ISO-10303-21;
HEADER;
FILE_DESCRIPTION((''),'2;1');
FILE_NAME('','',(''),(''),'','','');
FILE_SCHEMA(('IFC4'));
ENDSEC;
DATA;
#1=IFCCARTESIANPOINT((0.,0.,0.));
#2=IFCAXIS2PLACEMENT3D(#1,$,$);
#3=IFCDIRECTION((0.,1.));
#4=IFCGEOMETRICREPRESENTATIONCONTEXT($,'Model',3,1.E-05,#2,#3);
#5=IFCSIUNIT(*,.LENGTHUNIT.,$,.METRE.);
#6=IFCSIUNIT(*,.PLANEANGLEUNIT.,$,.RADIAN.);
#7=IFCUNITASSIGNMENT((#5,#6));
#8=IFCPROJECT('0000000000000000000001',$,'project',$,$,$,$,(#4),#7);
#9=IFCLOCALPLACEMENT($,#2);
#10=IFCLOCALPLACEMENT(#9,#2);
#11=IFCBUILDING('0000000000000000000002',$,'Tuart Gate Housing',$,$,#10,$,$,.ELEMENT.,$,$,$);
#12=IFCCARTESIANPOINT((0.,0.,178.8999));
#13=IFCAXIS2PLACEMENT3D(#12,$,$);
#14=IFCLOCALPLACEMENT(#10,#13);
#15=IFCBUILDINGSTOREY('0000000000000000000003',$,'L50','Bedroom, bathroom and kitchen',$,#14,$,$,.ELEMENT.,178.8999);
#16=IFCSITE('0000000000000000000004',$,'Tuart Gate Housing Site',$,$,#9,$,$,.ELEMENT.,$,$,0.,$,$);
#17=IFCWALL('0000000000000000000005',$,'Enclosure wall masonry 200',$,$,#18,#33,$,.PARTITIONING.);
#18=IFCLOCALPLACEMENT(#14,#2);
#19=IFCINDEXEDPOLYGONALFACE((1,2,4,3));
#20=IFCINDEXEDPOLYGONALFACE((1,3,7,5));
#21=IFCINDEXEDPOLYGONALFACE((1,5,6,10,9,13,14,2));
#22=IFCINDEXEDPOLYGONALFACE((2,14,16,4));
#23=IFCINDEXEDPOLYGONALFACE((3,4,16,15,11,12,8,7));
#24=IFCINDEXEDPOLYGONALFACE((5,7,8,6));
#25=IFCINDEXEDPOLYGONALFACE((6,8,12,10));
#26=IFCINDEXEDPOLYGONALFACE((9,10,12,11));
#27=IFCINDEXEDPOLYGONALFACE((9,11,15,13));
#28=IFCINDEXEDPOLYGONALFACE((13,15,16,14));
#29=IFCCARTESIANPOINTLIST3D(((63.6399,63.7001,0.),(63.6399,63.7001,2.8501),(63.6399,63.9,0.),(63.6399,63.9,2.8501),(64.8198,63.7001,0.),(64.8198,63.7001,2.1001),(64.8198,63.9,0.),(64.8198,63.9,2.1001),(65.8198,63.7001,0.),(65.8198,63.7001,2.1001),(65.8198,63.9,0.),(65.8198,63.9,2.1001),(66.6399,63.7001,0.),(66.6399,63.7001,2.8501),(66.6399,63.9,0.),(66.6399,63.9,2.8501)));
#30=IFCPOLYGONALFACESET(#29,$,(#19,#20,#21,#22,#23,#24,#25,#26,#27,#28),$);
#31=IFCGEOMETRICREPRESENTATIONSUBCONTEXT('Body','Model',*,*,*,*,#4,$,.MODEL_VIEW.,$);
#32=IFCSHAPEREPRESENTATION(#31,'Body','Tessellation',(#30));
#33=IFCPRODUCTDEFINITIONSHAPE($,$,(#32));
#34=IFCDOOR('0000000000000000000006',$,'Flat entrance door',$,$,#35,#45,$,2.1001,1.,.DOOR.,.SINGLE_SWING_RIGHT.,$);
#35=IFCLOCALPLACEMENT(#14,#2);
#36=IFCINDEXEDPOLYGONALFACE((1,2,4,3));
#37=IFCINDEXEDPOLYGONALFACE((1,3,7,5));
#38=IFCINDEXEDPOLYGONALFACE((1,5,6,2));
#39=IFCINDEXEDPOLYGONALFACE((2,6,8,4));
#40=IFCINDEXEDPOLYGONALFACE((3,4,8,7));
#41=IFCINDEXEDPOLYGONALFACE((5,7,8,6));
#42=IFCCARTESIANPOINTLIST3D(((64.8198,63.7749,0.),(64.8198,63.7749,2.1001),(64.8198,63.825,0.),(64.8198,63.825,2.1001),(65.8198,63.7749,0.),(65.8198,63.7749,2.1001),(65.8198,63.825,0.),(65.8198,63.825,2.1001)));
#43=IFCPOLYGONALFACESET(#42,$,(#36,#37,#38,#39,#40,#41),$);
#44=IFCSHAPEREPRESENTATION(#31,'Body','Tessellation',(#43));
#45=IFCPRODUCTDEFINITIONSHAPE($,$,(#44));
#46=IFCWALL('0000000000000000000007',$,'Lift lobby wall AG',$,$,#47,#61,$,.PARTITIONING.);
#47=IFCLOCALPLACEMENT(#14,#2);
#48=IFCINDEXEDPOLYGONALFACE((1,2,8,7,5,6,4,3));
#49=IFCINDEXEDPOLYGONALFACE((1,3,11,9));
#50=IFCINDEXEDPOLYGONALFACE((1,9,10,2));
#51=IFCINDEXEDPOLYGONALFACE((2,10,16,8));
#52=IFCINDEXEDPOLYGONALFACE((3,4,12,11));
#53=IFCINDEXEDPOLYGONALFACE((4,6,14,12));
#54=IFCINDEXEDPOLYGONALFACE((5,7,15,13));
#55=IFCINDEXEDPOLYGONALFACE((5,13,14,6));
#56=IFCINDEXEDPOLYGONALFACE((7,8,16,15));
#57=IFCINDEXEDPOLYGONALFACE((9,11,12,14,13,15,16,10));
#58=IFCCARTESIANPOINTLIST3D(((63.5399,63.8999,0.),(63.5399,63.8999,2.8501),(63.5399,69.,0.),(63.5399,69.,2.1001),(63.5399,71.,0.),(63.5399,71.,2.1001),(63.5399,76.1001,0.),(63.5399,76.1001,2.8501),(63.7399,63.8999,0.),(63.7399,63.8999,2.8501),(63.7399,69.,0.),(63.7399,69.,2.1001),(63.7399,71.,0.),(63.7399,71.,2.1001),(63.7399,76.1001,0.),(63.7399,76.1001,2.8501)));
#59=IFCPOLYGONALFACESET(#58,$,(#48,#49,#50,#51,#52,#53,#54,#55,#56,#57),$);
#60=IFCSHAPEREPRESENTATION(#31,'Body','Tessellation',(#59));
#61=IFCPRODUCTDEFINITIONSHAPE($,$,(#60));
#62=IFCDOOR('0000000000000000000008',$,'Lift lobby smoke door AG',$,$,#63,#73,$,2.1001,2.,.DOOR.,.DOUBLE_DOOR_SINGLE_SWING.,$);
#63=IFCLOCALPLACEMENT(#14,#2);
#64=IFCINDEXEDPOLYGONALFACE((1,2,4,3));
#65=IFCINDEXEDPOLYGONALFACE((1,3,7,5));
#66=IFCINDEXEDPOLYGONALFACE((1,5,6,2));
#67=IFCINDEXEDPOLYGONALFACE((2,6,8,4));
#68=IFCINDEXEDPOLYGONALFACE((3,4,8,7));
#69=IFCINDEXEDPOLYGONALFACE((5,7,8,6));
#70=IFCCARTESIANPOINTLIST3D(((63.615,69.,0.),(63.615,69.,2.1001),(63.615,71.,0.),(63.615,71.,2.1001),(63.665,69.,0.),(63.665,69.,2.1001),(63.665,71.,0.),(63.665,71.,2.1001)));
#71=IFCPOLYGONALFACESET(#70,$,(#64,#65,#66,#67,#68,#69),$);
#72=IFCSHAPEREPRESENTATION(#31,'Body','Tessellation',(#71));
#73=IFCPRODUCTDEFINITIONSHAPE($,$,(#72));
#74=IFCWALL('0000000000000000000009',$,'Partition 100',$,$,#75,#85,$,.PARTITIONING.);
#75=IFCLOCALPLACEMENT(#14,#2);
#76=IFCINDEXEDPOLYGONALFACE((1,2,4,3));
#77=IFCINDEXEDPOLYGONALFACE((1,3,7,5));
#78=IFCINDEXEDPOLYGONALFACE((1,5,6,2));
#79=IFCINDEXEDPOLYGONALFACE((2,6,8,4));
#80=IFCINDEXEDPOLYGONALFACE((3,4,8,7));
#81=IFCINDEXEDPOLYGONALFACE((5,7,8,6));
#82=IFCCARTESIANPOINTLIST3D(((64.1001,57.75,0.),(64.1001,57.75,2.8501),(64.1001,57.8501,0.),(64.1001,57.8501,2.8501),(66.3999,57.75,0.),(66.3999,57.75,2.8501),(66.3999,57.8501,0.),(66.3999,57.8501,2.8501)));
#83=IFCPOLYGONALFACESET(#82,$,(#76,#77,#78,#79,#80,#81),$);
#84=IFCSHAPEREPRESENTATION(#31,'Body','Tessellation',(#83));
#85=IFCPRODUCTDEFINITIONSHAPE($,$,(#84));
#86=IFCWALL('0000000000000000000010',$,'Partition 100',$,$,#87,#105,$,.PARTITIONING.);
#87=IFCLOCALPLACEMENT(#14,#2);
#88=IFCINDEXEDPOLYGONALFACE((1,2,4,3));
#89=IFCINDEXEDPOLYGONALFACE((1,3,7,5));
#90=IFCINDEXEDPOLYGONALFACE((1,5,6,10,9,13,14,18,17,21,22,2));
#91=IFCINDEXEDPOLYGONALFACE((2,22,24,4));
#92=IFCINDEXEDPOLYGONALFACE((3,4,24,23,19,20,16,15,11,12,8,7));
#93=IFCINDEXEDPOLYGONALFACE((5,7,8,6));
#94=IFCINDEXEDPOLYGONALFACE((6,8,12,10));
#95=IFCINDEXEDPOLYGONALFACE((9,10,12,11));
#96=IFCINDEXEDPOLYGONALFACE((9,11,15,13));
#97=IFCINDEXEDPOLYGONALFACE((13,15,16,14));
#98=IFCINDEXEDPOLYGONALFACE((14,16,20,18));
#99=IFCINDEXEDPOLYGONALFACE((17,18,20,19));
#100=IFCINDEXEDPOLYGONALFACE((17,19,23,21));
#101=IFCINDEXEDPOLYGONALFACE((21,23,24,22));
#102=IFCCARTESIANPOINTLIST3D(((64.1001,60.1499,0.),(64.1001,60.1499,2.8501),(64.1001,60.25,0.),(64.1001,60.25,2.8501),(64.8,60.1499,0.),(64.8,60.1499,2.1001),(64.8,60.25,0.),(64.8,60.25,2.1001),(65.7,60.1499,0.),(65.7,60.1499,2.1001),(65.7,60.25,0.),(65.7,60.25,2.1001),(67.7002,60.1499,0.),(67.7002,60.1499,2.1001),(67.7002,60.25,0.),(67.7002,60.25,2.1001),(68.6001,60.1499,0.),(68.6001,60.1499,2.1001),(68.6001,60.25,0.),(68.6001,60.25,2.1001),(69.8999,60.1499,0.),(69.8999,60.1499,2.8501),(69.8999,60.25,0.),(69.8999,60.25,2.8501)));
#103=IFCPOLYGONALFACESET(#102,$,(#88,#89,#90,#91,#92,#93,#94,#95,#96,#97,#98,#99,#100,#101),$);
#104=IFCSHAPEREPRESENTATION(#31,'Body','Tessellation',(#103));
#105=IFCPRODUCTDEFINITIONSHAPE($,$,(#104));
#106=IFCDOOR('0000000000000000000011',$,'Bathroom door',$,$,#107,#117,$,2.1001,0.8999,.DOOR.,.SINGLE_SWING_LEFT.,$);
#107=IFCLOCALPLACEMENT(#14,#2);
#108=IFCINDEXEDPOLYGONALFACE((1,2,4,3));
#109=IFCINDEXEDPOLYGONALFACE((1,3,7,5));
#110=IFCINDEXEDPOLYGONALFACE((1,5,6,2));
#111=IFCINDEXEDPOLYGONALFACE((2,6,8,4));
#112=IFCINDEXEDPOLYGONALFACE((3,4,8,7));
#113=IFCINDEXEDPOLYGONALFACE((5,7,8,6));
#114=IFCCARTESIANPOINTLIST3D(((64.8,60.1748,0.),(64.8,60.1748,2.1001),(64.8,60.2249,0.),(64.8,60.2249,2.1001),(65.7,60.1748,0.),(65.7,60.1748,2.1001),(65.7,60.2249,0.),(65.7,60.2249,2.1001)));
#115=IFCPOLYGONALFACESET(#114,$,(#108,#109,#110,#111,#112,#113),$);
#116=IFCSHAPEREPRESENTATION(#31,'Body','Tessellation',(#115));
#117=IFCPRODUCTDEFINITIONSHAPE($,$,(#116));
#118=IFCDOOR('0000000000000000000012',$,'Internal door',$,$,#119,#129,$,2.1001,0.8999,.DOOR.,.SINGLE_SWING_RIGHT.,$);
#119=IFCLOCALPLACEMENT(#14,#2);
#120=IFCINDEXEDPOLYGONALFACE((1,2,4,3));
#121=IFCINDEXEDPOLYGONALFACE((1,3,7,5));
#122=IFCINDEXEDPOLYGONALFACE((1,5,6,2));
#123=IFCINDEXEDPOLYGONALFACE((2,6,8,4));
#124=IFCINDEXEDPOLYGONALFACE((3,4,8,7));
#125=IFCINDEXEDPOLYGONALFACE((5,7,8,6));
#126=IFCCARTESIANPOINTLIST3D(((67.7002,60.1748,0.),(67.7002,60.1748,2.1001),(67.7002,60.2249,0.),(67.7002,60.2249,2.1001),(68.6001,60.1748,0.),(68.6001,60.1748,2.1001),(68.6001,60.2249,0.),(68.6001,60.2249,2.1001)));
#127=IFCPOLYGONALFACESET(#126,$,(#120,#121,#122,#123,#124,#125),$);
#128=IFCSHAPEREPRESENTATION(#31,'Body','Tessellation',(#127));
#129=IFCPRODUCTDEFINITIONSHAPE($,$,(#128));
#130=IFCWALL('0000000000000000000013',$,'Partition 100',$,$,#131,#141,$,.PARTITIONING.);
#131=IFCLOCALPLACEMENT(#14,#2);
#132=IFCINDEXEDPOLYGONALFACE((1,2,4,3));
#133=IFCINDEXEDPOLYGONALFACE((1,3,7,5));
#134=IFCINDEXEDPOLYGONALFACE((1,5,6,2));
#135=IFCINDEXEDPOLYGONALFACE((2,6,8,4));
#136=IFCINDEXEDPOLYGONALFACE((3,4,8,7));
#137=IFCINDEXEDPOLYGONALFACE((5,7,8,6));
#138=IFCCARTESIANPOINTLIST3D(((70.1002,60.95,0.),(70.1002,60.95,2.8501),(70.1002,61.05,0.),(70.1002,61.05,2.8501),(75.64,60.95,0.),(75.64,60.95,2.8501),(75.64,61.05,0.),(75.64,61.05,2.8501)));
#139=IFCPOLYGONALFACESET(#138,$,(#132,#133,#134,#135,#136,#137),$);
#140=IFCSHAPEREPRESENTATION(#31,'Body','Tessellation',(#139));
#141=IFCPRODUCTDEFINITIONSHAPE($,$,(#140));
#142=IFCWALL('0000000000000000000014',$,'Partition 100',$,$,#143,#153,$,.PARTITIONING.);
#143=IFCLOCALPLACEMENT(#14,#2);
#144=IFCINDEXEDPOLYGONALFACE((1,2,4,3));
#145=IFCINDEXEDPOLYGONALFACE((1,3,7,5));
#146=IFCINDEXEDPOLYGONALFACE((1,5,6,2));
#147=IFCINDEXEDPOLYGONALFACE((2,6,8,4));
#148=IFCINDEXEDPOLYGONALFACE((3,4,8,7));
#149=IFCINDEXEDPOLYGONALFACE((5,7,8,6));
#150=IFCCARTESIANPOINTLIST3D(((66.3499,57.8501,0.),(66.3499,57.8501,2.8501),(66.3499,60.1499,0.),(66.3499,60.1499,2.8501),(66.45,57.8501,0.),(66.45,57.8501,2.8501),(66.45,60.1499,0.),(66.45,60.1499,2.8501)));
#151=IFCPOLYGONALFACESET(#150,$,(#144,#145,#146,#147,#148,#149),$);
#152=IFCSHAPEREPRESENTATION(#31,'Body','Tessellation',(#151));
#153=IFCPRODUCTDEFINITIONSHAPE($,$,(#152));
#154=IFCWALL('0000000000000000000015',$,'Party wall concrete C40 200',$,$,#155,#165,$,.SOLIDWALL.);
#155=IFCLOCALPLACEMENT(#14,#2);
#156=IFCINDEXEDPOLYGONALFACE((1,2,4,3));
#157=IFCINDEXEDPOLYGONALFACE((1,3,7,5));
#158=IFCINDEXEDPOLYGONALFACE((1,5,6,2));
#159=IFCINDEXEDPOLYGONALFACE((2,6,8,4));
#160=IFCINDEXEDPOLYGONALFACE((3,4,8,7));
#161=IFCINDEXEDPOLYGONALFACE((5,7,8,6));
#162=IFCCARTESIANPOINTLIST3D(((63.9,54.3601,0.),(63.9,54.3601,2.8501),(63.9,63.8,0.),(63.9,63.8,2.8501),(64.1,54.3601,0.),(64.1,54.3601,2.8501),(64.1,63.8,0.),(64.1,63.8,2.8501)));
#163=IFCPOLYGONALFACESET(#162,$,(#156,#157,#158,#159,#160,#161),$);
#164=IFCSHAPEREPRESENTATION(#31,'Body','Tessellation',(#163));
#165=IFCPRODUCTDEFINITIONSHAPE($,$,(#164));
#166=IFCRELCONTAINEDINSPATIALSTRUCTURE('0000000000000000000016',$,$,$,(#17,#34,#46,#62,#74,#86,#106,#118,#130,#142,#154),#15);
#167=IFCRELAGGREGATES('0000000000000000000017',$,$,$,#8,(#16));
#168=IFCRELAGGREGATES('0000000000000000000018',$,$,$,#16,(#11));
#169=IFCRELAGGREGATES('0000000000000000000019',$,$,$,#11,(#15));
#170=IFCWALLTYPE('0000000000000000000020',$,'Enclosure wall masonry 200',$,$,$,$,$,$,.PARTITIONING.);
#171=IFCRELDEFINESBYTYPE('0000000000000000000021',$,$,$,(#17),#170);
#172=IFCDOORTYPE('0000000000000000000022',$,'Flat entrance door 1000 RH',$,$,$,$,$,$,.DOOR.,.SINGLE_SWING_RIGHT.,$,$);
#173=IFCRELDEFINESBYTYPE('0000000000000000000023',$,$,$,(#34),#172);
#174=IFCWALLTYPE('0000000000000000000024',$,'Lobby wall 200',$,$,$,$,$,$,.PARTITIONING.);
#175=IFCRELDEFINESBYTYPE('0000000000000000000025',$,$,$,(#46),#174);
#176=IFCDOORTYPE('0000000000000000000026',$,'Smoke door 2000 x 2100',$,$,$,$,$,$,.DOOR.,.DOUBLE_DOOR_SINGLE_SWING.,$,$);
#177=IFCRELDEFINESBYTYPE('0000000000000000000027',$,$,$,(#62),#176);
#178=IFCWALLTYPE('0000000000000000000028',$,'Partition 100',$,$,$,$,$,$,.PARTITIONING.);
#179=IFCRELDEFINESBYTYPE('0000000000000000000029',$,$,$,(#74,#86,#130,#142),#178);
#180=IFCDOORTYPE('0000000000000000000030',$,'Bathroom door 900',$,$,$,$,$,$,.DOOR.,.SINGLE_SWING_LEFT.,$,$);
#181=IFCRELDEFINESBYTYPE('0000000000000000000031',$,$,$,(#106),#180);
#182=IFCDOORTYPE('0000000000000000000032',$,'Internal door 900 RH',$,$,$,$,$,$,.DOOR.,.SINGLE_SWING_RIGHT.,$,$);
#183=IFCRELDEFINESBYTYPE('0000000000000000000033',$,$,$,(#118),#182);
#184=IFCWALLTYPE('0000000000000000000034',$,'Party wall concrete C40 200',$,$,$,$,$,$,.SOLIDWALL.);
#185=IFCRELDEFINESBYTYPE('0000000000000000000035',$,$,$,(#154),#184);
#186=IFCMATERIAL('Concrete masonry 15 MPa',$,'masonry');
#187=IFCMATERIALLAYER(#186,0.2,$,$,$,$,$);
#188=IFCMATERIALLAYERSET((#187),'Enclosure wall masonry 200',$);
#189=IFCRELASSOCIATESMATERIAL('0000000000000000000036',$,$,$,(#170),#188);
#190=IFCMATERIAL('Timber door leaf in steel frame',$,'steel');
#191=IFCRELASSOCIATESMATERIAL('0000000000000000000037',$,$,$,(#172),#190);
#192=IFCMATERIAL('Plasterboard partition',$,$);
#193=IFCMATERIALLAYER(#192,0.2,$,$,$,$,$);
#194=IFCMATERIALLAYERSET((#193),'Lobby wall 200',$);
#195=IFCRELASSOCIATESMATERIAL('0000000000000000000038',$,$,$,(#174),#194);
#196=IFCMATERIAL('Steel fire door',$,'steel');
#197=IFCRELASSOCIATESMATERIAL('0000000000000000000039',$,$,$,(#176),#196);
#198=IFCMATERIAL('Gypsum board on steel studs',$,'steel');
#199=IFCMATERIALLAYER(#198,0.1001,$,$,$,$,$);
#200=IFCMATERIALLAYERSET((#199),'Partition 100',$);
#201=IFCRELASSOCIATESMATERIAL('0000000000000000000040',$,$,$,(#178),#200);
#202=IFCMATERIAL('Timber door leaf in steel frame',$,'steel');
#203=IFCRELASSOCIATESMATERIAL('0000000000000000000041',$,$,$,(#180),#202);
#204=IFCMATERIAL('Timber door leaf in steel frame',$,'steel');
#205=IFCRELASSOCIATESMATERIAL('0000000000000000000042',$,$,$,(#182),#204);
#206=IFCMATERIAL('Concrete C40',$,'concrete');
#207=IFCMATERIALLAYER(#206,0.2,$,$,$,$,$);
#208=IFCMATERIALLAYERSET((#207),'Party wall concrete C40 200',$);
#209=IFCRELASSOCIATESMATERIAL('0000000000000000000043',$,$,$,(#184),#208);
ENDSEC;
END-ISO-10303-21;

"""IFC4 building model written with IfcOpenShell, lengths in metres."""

from ifc_helpers import new_model, si_unit, direction, frame, frame_2d, origin, place, context, subcontext, project, spatial, rectangle, extrude, material, layer, layer_set, type_object, element, fill, save


model = new_model("IFC4")

# Units and contexts
model_context = context("Model", 3, precision=1e-05, world=origin(), true_north=direction((0.0, 1.0)))
body_context = subcontext(model_context, "Body", "Model", "MODEL_VIEW")
ifc_project = project(units=[si_unit("LENGTHUNIT", "METRE"), si_unit("PLANEANGLEUNIT", "RADIAN")], contexts=[model_context])

# Site, building, storey
site_placement = place(None, origin())
site = spatial("IfcSite", under=ifc_project, at=site_placement, Name="Tuart Gate Housing Site", CompositionType="ELEMENT", RefElevation=0.0)
building_placement = place(site_placement, origin())
building = spatial("IfcBuilding", under=site, at=building_placement, Name="Tuart Gate Housing", CompositionType="ELEMENT")
storey_placement = place(building_placement, frame((0.0, 0.0, 178.8999)))
storey = spatial("IfcBuildingStorey", under=building, at=storey_placement, Name="L50", Description="Bedroom, bathroom and kitchen", CompositionType="ELEMENT", Elevation=178.8999)

# Walls, openings, doors
ifc_material_1 = material(Name="Concrete masonry 15 MPa", Category="masonry")
ifc_layer_1 = layer(ifc_material_1, 0.2)
ifc_layer_set_1 = layer_set([ifc_layer_1], Name="Enclosure wall masonry 200")
wall_type_1 = type_object("IfcWallType", Name="Enclosure wall masonry 200", PredefinedType="PARTITIONING", material=ifc_layer_set_1)
wall_1_placement = place(storey_placement, frame((63.6399, 63.8, 0.0), z_axis=(0.0, 0.0, 1.0), x_axis=(1.0, 0.0, 0.0)))
wall_1 = element("IfcWall", 1, at=wall_1_placement, inside=storey, type_object=wall_type_1, Name="Enclosure wall masonry 200", PredefinedType="PARTITIONING", context=body_context, shape_type="SweptSolid", body=[
    extrude(rectangle(XDim=3.0, YDim=0.2, at=frame_2d((1.5, 0.0))), origin(), (0.0, 0.0, 1.0), 2.8501),
])
opening_1_placement = place(wall_1_placement, frame((1.1799, 0.0, 0.0)))
opening_1 = element("IfcOpeningElement", 2, at=opening_1_placement, cuts=wall_1, PredefinedType="OPENING", context=body_context, shape_type="SweptSolid", body=[
    extrude(rectangle(XDim=1.0, YDim=2.1001, at=frame_2d((0.5, 1.05))), frame((0.0, 0.1099, 0.0), z_axis=(0.0, -1.0, 0.0), x_axis=(1.0, 0.0, 0.0)), (0.0, 0.0, 1.0), 0.22),
])
ifc_material_2 = material(Name="Timber door leaf in steel frame", Category="steel")
door_type_1 = type_object("IfcDoorType", Name="Flat entrance door 1000 RH", OperationType="SINGLE_SWING_RIGHT", PredefinedType="DOOR", material=ifc_material_2)
door_1_placement = place(opening_1_placement, frame((1.0, 0.0, 0.0), z_axis=(0.0, 0.0, 1.0), x_axis=(-1.0, 0.0, 0.0)))
door_1 = element("IfcDoor", 3, at=door_1_placement, inside=storey, type_object=door_type_1, Name="Flat entrance door", OperationType="SINGLE_SWING_RIGHT", OverallHeight=2.1001, OverallWidth=1.0, PredefinedType="DOOR", context=body_context, shape_type="SweptSolid", body=[
    extrude(rectangle(XDim=1.0, YDim=2.1001, at=frame_2d((0.5, 1.05))), frame((0.0, 0.0251, 0.0), z_axis=(0.0, -1.0, 0.0), x_axis=(1.0, 0.0, 0.0)), (0.0, 0.0, 1.0), 0.05),
])
fill(opening_1, door_1)
ifc_material_3 = material(Name="Plasterboard partition")
ifc_layer_2 = layer(ifc_material_3, 0.2)
ifc_layer_set_2 = layer_set([ifc_layer_2], Name="Lobby wall 200")
wall_type_2 = type_object("IfcWallType", Name="Lobby wall 200", PredefinedType="PARTITIONING", material=ifc_layer_set_2)
wall_2_placement = place(storey_placement, frame((63.6399, 63.8999, 0.0), z_axis=(0.0, 0.0, 1.0), x_axis=(0.0, 1.0, 0.0)))
wall_2 = element("IfcWall", 4, at=wall_2_placement, inside=storey, type_object=wall_type_2, Name="Lift lobby wall AG", PredefinedType="PARTITIONING", context=body_context, shape_type="SweptSolid", body=[
    extrude(rectangle(XDim=12.2002, YDim=0.2, at=frame_2d((6.1001, 0.0))), origin(), (0.0, 0.0, 1.0), 2.8501),
])
opening_2_placement = place(wall_2_placement, frame((5.1001, 0.0, 0.0)))
opening_2 = element("IfcOpeningElement", 5, at=opening_2_placement, cuts=wall_2, PredefinedType="OPENING", context=body_context, shape_type="SweptSolid", body=[
    extrude(rectangle(XDim=2.0, YDim=2.1001, at=frame_2d((1.0, 1.05))), frame((0.0, 0.1099, 0.0), z_axis=(0.0, -1.0, 0.0), x_axis=(1.0, 0.0, 0.0)), (0.0, 0.0, 1.0), 0.22),
])
ifc_material_4 = material(Name="Steel fire door", Category="steel")
door_type_2 = type_object("IfcDoorType", Name="Smoke door 2000 x 2100", OperationType="DOUBLE_DOOR_SINGLE_SWING", PredefinedType="DOOR", material=ifc_material_4)
door_2_placement = place(opening_2_placement, frame((2.0, 0.0, 0.0), z_axis=(0.0, 0.0, 1.0), x_axis=(-1.0, 0.0, 0.0)))
door_2 = element("IfcDoor", 6, at=door_2_placement, inside=storey, type_object=door_type_2, Name="Lift lobby smoke door AG", OperationType="DOUBLE_DOOR_SINGLE_SWING", OverallHeight=2.1001, OverallWidth=2.0, PredefinedType="DOOR", context=body_context, shape_type="SweptSolid", body=[
    extrude(rectangle(XDim=2.0, YDim=2.1001, at=frame_2d((1.0, 1.05))), frame((0.0, 0.0251, 0.0), z_axis=(0.0, -1.0, 0.0), x_axis=(1.0, 0.0, 0.0)), (0.0, 0.0, 1.0), 0.05),
])
fill(opening_2, door_2)

# Wall
ifc_material_5 = material(Name="Gypsum board on steel studs", Category="steel")
ifc_layer_3 = layer(ifc_material_5, 0.1001)
ifc_layer_set_3 = layer_set([ifc_layer_3], Name="Partition 100")
wall_type_3 = type_object("IfcWallType", Name="Partition 100", PredefinedType="PARTITIONING", material=ifc_layer_set_3)
wall_3_placement = place(storey_placement, frame((64.1001, 57.8, 0.0), z_axis=(0.0, 0.0, 1.0), x_axis=(1.0, 0.0, 0.0)))
element("IfcWall", 7, at=wall_3_placement, inside=storey, type_object=wall_type_3, Name="Partition 100", PredefinedType="PARTITIONING", context=body_context, shape_type="SweptSolid", body=[
    extrude(rectangle(XDim=2.2998, YDim=0.1001, at=frame_2d((1.1499, 0.0))), origin(), (0.0, 0.0, 1.0), 2.8501),
])

# Wall, openings, doors
wall_4_placement = place(storey_placement, frame((64.1001, 60.2, 0.0), z_axis=(0.0, 0.0, 1.0), x_axis=(1.0, 0.0, 0.0)))
wall_4 = element("IfcWall", 8, at=wall_4_placement, inside=storey, type_object=wall_type_3, Name="Partition 100", PredefinedType="PARTITIONING", context=body_context, shape_type="SweptSolid", body=[
    extrude(rectangle(XDim=5.7998, YDim=0.1001, at=frame_2d((2.8999, 0.0))), origin(), (0.0, 0.0, 1.0), 2.8501),
])
opening_3_placement = place(wall_4_placement, frame((3.6001, 0.0, 0.0)))
opening_3 = element("IfcOpeningElement", 9, at=opening_3_placement, cuts=wall_4, PredefinedType="OPENING", context=body_context, shape_type="SweptSolid", body=[
    extrude(rectangle(XDim=0.8999, YDim=2.1001, at=frame_2d((0.45, 1.05))), frame((0.0, 0.0601, 0.0), z_axis=(0.0, -1.0, 0.0), x_axis=(1.0, 0.0, 0.0)), (0.0, 0.0, 1.0), 0.1201),
])
opening_4_placement = place(wall_4_placement, frame((0.7, 0.0, 0.0)))
opening_4 = element("IfcOpeningElement", 10, at=opening_4_placement, cuts=wall_4, PredefinedType="OPENING", context=body_context, shape_type="SweptSolid", body=[
    extrude(rectangle(XDim=0.8999, YDim=2.1001, at=frame_2d((0.45, 1.05))), frame((0.0, 0.0601, 0.0), z_axis=(0.0, -1.0, 0.0), x_axis=(1.0, 0.0, 0.0)), (0.0, 0.0, 1.0), 0.1201),
])
ifc_material_6 = material(Name="Timber door leaf in steel frame", Category="steel")
door_type_3 = type_object("IfcDoorType", Name="Bathroom door 900", OperationType="SINGLE_SWING_LEFT", PredefinedType="DOOR", material=ifc_material_6)
door_3_placement = place(opening_4_placement, frame((0.8999, 0.0, 0.0), z_axis=(0.0, 0.0, 1.0), x_axis=(-1.0, 0.0, 0.0)))
door_3 = element("IfcDoor", 11, at=door_3_placement, inside=storey, type_object=door_type_3, Name="Bathroom door", OperationType="SINGLE_SWING_LEFT", OverallHeight=2.1001, OverallWidth=0.8999, PredefinedType="DOOR", context=body_context, shape_type="SweptSolid", body=[
    extrude(rectangle(XDim=0.8999, YDim=2.1001, at=frame_2d((0.45, 1.05))), frame((0.0, 0.0251, 0.0), z_axis=(0.0, -1.0, 0.0), x_axis=(1.0, 0.0, 0.0)), (0.0, 0.0, 1.0), 0.05),
])
fill(opening_4, door_3)
ifc_material_7 = material(Name="Timber door leaf in steel frame", Category="steel")
door_type_4 = type_object("IfcDoorType", Name="Internal door 900 RH", OperationType="SINGLE_SWING_RIGHT", PredefinedType="DOOR", material=ifc_material_7)
door_4_placement = place(opening_3_placement, origin())
door_4 = element("IfcDoor", 12, at=door_4_placement, inside=storey, type_object=door_type_4, Name="Internal door", OperationType="SINGLE_SWING_RIGHT", OverallHeight=2.1001, OverallWidth=0.8999, PredefinedType="DOOR", context=body_context, shape_type="SweptSolid", body=[
    extrude(rectangle(XDim=0.8999, YDim=2.1001, at=frame_2d((0.45, 1.05))), frame((0.0, 0.0249, 0.0), z_axis=(0.0, -1.0, 0.0), x_axis=(1.0, 0.0, 0.0)), (0.0, 0.0, 1.0), 0.05),
])
fill(opening_3, door_4)

# Walls
wall_5_placement = place(storey_placement, frame((70.1001, 61.0, 0.0), z_axis=(0.0, 0.0, 1.0), x_axis=(1.0, 0.0, 0.0)))
element("IfcWall", 13, at=wall_5_placement, inside=storey, type_object=wall_type_3, Name="Partition 100", PredefinedType="PARTITIONING", context=body_context, shape_type="SweptSolid", body=[
    extrude(rectangle(XDim=5.5398, YDim=0.1001, at=frame_2d((2.77, 0.0))), origin(), (0.0, 0.0, 1.0), 2.8501),
])
wall_6_placement = place(storey_placement, frame((66.3999, 57.8501, 0.0), z_axis=(0.0, 0.0, 1.0), x_axis=(0.0, 1.0, 0.0)))
element("IfcWall", 14, at=wall_6_placement, inside=storey, type_object=wall_type_3, Name="Partition 100", PredefinedType="PARTITIONING", context=body_context, shape_type="SweptSolid", body=[
    extrude(rectangle(XDim=2.2998, YDim=0.1001, at=frame_2d((1.1499, 0.0))), origin(), (0.0, 0.0, 1.0), 2.8501),
])
ifc_material_8 = material(Name="Concrete C40", Category="concrete")
ifc_layer_4 = layer(ifc_material_8, 0.2)
ifc_layer_set_4 = layer_set([ifc_layer_4], Name="Party wall concrete C40 200")
wall_type_4 = type_object("IfcWallType", Name="Party wall concrete C40 200", PredefinedType="SOLIDWALL", material=ifc_layer_set_4)
wall_7_placement = place(storey_placement, frame((64.0, 54.3601, 0.0), z_axis=(0.0, 0.0, 1.0), x_axis=(0.0, 1.0, 0.0)))
element("IfcWall", 15, at=wall_7_placement, inside=storey, type_object=wall_type_4, Name="Party wall concrete C40 200", PredefinedType="SOLIDWALL", context=body_context, shape_type="SweptSolid", body=[
    extrude(rectangle(XDim=9.4399, YDim=0.2, at=frame_2d((4.72, 0.0))), origin(), (0.0, 0.0, 1.0), 2.8501),
])

save(model, "model.ifc")
